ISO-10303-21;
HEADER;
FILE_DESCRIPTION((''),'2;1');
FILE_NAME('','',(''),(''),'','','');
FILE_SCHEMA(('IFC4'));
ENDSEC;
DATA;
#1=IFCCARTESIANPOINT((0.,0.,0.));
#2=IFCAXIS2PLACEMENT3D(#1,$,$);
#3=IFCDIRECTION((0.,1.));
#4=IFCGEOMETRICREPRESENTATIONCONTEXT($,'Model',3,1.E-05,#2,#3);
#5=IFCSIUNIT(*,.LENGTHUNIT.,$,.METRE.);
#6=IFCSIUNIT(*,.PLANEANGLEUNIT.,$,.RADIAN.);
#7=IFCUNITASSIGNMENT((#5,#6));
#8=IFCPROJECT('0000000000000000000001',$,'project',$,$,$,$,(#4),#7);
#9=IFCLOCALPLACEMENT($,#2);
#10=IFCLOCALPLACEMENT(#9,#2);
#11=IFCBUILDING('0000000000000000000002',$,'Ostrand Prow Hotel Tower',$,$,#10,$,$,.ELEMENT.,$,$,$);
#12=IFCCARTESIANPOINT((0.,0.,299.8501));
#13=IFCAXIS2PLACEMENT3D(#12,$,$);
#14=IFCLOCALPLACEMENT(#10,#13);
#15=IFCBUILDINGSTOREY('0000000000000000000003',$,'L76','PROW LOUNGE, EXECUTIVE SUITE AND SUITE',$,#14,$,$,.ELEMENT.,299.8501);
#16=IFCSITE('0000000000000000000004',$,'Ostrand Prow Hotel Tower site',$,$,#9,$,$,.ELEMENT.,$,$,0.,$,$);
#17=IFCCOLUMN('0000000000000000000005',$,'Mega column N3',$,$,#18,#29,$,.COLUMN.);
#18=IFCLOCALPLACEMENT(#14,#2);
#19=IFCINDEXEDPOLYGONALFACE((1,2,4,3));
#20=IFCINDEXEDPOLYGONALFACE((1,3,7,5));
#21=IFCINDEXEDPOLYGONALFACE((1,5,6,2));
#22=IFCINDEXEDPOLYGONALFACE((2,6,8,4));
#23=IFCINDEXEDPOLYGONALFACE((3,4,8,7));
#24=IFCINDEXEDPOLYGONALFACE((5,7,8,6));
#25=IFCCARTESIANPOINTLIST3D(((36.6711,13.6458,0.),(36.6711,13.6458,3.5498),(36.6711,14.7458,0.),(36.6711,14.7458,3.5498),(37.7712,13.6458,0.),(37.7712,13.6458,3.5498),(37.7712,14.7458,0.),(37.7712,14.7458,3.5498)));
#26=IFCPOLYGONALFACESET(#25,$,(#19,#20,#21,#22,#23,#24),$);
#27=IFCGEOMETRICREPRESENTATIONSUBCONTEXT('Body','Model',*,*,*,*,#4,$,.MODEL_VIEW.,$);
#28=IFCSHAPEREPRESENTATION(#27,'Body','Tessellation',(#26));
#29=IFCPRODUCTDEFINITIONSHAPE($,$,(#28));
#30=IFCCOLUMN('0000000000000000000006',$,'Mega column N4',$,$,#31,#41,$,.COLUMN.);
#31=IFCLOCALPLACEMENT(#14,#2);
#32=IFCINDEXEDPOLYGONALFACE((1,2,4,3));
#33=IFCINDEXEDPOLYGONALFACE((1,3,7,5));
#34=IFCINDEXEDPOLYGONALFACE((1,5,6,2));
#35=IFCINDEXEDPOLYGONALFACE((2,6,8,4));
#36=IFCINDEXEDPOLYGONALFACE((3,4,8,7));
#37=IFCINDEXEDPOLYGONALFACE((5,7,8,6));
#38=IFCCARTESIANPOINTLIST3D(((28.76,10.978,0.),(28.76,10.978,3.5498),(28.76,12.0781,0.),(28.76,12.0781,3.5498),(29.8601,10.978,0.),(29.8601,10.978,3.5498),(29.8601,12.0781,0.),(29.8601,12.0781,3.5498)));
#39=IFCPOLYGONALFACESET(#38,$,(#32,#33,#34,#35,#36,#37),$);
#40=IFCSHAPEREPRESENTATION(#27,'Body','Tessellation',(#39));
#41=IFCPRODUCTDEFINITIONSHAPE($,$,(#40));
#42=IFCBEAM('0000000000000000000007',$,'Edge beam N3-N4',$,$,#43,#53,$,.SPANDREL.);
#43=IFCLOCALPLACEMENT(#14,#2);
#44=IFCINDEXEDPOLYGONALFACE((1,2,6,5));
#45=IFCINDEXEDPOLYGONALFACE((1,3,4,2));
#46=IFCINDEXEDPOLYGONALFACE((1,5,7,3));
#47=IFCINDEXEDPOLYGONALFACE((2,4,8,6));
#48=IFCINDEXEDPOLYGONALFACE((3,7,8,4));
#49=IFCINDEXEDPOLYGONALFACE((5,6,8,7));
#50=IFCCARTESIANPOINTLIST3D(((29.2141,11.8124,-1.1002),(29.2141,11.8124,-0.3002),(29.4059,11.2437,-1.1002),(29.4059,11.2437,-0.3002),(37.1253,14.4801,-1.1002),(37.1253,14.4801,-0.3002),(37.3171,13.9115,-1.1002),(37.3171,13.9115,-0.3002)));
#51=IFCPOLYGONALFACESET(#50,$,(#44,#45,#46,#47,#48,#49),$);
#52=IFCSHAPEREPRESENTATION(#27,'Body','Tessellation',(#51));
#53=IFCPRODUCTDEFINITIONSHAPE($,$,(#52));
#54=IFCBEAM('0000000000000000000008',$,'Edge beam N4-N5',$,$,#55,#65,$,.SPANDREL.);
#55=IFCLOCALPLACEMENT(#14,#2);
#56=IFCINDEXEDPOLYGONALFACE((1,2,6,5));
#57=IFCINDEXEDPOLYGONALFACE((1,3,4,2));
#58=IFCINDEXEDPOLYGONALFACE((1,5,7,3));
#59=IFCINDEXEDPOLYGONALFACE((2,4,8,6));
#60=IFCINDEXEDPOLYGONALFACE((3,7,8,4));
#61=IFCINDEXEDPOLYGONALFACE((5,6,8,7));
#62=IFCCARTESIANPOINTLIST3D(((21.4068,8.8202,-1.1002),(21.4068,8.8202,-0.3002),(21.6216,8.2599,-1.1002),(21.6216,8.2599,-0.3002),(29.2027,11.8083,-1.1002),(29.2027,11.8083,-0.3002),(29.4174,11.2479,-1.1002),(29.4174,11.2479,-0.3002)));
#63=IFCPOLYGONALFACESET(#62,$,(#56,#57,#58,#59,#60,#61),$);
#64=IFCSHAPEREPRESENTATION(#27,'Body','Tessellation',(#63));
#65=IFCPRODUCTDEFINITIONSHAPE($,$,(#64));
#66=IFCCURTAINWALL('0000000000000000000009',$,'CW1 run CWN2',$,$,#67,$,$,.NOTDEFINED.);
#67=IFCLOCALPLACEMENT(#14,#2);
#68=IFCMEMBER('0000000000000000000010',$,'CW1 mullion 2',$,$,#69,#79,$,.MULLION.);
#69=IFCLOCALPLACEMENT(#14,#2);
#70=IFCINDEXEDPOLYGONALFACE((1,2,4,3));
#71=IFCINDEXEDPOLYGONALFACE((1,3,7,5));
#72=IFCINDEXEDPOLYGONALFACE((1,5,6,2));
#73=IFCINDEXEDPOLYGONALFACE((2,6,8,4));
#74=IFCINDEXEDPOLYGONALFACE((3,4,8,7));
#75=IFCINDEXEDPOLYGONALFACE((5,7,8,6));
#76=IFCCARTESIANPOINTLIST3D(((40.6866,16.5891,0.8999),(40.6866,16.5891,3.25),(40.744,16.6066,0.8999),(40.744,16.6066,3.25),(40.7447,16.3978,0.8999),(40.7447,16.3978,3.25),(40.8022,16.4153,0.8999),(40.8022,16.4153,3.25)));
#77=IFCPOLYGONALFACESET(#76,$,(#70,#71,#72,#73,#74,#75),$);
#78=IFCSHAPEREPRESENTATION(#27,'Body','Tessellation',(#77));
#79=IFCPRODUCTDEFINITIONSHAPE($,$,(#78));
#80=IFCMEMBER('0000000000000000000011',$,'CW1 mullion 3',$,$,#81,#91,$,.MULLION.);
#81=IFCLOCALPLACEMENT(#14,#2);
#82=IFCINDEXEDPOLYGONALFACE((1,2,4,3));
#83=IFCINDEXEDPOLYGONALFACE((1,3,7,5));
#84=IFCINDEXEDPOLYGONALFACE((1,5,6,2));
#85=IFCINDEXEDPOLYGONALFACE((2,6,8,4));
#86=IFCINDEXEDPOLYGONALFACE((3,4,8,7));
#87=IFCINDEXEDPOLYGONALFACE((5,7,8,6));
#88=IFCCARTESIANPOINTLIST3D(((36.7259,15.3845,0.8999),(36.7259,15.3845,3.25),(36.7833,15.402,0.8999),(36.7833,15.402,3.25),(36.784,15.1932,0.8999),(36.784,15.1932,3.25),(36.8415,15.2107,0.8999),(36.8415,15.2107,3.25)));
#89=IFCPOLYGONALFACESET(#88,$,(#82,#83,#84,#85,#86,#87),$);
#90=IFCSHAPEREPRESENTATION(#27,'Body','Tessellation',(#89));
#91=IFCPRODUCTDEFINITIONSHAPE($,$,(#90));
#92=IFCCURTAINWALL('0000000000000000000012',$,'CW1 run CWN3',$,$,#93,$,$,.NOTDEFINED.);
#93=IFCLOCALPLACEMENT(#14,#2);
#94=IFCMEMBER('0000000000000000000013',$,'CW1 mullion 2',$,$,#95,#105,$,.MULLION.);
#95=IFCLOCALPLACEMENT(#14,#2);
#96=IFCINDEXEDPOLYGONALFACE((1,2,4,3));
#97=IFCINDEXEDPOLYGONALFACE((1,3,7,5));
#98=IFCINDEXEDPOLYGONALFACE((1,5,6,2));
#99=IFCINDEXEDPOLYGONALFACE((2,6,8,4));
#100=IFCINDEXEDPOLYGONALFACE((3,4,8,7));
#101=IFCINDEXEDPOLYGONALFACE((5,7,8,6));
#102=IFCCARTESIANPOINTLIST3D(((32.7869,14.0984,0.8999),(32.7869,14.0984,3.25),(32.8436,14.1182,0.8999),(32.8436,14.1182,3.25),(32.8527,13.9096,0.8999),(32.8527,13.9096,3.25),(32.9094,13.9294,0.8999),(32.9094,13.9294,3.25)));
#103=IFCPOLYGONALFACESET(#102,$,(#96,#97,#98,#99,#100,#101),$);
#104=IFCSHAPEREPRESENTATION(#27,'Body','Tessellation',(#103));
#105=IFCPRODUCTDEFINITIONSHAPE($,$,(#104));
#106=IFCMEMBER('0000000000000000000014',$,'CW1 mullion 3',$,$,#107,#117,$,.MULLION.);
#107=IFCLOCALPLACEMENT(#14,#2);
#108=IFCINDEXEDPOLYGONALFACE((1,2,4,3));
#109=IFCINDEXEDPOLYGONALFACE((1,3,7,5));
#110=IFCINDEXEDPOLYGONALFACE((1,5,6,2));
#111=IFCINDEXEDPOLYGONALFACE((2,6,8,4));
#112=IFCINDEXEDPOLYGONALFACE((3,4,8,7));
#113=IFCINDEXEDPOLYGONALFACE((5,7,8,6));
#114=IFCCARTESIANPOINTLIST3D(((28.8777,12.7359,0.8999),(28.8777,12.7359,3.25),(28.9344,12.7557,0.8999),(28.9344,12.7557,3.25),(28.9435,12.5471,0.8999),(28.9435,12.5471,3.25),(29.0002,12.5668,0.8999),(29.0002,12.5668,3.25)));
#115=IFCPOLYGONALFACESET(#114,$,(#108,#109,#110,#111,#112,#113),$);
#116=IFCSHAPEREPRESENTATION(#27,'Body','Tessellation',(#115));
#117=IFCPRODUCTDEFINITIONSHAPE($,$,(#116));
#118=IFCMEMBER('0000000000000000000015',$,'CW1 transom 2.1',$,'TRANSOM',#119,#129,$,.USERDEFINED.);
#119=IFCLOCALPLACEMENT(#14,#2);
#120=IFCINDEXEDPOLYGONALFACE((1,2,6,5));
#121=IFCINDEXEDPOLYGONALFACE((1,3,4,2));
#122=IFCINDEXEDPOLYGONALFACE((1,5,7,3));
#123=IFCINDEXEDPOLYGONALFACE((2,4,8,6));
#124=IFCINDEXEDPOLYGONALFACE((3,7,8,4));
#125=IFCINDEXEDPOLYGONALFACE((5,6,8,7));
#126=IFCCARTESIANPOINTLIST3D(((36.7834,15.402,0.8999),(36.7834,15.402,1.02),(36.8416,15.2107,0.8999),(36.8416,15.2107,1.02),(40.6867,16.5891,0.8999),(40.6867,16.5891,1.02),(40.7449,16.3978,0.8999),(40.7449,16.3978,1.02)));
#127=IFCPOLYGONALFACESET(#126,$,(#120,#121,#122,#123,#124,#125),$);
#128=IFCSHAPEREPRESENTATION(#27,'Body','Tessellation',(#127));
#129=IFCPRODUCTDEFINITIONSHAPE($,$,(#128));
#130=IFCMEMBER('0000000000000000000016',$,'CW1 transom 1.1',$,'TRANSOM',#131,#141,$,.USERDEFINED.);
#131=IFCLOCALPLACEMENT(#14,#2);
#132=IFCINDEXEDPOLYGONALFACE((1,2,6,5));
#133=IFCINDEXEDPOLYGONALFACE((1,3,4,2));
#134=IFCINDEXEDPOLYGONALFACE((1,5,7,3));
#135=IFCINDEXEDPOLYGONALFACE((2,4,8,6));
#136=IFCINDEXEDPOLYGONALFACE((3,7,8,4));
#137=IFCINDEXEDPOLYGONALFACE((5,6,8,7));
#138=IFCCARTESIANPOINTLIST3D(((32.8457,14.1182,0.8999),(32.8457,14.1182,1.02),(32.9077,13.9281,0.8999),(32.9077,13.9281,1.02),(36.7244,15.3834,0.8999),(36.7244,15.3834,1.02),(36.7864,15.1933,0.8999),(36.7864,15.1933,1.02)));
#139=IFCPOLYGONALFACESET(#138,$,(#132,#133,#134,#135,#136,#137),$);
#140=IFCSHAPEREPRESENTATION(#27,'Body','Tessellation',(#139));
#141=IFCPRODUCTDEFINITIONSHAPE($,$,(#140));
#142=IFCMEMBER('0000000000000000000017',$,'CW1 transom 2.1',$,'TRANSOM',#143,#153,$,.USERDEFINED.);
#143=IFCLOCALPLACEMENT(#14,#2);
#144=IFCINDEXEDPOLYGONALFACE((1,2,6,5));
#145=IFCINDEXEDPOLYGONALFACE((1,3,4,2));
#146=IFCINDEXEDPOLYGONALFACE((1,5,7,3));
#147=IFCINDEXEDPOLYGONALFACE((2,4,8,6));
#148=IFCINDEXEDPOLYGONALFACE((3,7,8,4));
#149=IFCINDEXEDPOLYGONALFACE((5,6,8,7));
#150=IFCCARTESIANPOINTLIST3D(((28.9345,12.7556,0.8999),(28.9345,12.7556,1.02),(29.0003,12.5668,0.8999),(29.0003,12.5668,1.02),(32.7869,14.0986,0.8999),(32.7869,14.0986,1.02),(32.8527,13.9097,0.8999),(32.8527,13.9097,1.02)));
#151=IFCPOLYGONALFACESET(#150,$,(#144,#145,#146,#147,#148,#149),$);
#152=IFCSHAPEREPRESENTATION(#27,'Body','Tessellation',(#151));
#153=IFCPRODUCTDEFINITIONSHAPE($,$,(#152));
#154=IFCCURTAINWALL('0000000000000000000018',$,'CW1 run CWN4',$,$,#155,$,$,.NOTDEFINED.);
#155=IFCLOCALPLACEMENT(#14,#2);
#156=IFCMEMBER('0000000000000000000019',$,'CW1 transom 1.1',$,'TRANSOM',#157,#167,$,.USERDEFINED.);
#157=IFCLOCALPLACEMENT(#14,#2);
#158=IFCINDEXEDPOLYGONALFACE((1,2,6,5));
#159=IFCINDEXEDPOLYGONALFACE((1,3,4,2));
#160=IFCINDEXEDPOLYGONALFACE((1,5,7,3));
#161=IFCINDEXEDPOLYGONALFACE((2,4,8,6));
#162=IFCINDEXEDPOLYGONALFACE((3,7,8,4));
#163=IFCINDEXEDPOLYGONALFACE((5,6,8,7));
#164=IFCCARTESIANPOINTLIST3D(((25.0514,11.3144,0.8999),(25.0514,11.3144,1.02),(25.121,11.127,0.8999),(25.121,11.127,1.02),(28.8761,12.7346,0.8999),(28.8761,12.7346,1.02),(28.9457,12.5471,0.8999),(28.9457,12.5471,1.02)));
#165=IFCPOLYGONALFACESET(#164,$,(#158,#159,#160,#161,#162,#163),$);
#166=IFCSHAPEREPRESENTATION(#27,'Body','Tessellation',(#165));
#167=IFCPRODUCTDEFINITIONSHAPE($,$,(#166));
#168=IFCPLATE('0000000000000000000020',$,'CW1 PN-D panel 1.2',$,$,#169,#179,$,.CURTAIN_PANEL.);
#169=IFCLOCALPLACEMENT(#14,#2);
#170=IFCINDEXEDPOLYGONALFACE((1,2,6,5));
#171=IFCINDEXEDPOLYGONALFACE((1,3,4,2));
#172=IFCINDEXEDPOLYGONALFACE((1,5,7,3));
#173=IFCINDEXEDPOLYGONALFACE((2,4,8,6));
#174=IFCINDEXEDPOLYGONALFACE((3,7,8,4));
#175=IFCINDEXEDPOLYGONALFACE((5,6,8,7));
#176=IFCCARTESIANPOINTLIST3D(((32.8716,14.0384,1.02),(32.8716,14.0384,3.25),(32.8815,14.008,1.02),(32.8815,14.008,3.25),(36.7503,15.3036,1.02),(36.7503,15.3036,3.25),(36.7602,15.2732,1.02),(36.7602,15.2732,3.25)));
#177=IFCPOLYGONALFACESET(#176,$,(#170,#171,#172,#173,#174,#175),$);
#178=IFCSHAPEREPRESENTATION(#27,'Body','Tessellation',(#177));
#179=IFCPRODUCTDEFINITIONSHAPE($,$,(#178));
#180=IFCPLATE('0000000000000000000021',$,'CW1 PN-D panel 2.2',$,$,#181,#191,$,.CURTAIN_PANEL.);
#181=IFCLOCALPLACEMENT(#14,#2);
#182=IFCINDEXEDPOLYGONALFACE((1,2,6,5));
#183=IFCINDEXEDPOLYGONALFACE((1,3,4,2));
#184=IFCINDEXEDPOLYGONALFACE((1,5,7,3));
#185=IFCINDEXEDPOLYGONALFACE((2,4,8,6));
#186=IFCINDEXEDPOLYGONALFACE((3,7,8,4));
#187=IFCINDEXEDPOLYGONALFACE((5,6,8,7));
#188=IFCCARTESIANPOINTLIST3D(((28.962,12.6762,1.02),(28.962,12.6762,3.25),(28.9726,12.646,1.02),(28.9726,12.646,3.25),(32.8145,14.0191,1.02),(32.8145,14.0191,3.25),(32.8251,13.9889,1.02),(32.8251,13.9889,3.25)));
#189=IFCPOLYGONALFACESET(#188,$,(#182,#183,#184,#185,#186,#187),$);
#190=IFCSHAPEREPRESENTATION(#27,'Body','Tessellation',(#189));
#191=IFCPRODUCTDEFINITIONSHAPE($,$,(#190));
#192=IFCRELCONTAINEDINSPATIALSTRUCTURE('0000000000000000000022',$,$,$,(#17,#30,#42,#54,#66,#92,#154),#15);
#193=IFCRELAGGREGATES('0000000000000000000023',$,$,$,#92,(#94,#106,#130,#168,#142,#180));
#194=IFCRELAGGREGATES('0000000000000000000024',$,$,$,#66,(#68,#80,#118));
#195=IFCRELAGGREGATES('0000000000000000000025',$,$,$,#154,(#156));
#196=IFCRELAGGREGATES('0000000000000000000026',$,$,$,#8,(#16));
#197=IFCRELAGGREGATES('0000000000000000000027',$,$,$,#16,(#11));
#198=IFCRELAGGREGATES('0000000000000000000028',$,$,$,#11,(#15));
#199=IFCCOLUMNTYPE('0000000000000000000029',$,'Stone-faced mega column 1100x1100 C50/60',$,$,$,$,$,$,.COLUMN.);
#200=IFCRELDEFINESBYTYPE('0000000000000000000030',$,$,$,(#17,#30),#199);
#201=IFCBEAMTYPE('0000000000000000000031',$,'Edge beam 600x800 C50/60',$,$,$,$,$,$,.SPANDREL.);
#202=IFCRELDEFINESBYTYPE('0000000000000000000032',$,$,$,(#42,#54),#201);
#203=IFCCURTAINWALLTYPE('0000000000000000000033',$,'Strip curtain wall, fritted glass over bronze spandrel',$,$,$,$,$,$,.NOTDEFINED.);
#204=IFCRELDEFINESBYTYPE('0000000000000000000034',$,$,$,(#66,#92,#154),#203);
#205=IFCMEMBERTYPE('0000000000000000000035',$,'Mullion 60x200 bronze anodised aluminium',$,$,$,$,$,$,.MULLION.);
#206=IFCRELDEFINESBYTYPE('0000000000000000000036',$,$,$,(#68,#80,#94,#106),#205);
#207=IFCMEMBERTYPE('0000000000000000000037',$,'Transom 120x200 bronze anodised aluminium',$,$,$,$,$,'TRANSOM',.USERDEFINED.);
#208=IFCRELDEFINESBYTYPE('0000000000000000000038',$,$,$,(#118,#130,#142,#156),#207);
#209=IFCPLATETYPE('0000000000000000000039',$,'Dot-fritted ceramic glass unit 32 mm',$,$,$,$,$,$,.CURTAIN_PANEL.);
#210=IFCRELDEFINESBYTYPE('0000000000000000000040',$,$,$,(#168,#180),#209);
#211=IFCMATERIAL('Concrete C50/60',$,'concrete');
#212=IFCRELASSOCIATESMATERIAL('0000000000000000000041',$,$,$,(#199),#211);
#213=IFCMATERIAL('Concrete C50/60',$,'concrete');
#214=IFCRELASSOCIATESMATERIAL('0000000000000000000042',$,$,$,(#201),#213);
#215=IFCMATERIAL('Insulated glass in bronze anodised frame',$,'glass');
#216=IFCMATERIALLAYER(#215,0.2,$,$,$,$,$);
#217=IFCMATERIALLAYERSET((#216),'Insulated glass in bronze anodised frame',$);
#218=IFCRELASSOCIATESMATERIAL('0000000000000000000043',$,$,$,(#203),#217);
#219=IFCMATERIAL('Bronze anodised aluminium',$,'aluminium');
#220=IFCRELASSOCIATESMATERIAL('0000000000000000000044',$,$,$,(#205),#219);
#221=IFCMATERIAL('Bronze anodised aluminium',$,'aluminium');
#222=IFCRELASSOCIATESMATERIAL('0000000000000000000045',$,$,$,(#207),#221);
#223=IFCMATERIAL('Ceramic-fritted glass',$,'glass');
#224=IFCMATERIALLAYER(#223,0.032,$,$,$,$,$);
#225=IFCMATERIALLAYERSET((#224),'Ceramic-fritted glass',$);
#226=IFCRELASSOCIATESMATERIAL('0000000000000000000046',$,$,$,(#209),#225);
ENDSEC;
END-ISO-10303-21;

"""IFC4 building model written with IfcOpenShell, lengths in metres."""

from ifc_helpers import new_model, si_unit, direction, frame, origin, origin_2d, place, context, subcontext, project, spatial, rectangle, extrude, material, layer, layer_set, material_profile, profile_set, type_object, element, aggregate, save


model = new_model("IFC4")

# Units and contexts
model_context = context("Model", 3, precision=1e-05, world=origin(), true_north=direction((0.0, 1.0)))
body_context = subcontext(model_context, "Body", "Model", "MODEL_VIEW")
ifc_project = project(units=[si_unit("LENGTHUNIT", "METRE"), si_unit("PLANEANGLEUNIT", "RADIAN")], contexts=[model_context])

# Site, building, storey
site_placement = place(None, origin())
site = spatial("IfcSite", under=ifc_project, at=site_placement, Name="Ostrand Prow Hotel Tower site", CompositionType="ELEMENT", RefElevation=0.0)
building_placement = place(site_placement, origin())
building = spatial("IfcBuilding", under=site, at=building_placement, Name="Ostrand Prow Hotel Tower", CompositionType="ELEMENT")
storey_placement = place(building_placement, frame((0.0, 0.0, 299.8501)))
storey = spatial("IfcBuildingStorey", under=building, at=storey_placement, Name="L76", Description="PROW LOUNGE, EXECUTIVE SUITE AND SUITE", CompositionType="ELEMENT", Elevation=299.8501)

# Columns
ifc_material_1 = material(Name="Concrete C50/60", Category="concrete")
ifc_material_profile_1 = material_profile(ifc_material_1, rectangle(XDim=1.1001, YDim=1.1001, at=origin_2d()), Name="RC 1100x1100")
ifc_profile_set_1 = profile_set([ifc_material_profile_1], Name="Concrete C50/60")
column_type = type_object("IfcColumnType", Name="Stone-faced mega column 1100x1100 C50/60", PredefinedType="COLUMN", material=ifc_profile_set_1)
for number, where, z_axis, x_axis, name in (
    (1, (37.2212, 14.1958, 0.0), (0.0, 0.0, 1.0), (1.0, 0.0, 0.0), "Mega column N3"),
    (2, (29.3101, 11.5281, 0.0), (0.0, 0.0, 1.0), (1.0, 0.0, 0.0), "Mega column N4"),
):
    element("IfcColumn", number, at=place(storey_placement, frame(where, z_axis=z_axis, x_axis=x_axis)), inside=storey, type_object=column_type, Name=name, PredefinedType="COLUMN", context=body_context, shape_type="SweptSolid", body=[
        extrude(rectangle(XDim=1.1001, YDim=1.1001, at=origin_2d()), origin(), (0.0, 0.0, 1.0), 3.5498),
    ])

# Beams
ifc_material_2 = material(Name="Concrete C50/60", Category="concrete")
ifc_material_profile_2 = material_profile(ifc_material_2, rectangle(XDim=0.6001, YDim=0.8, at=origin_2d()), Name="RC 600x800")
ifc_profile_set_2 = profile_set([ifc_material_profile_2], Name="Concrete C50/60")
beam_type = type_object("IfcBeamType", Name="Edge beam 600x800 C50/60", PredefinedType="SPANDREL", material=ifc_profile_set_2)
for number, where, z_axis, x_axis, name in (
    (3, (37.2212, 14.1958, -0.7002), (-0.947575, -0.319533, 0.0), (0.319533, -0.947575, 0.0), "Edge beam N3-N4"),
    (4, (29.3101, 11.5281, -0.7002), (-0.933762, -0.357895, 0.0), (0.357895, -0.933762, 0.0), "Edge beam N4-N5"),
):
    element("IfcBeam", number, at=place(storey_placement, frame(where, z_axis=z_axis, x_axis=x_axis)), inside=storey, type_object=beam_type, Name=name, PredefinedType="SPANDREL", context=body_context, shape_type="SweptSolid", body=[
        extrude(rectangle(XDim=0.6001, YDim=0.8, at=origin_2d()), origin(), (0.0, 0.0, 1.0), 8.3489),
    ])

# Curtain walls, members
ifc_material_3 = material(Name="Insulated glass in bronze anodised frame", Category="glass")
ifc_layer_1 = layer(ifc_material_3, 0.2)
ifc_layer_set_1 = layer_set([ifc_layer_1], Name="Insulated glass in bronze anodised frame")
curtain_wall_type = type_object("IfcCurtainWallType", Name="Strip curtain wall, fritted glass over bronze spandrel", PredefinedType="NOTDEFINED", material=ifc_layer_set_1)
curtain_wall_1_placement = place(storey_placement, origin())
curtain_wall_1 = element("IfcCurtainWall", 5, at=curtain_wall_1_placement, inside=storey, type_object=curtain_wall_type, Name="CW1 run CWN2", PredefinedType="NOTDEFINED")
ifc_material_4 = material(Name="Bronze anodised aluminium", Category="aluminium")
ifc_material_profile_3 = material_profile(ifc_material_4, rectangle(XDim=0.2, YDim=0.0601, at=origin_2d()), Name="Mullion 60x200 bronze anodised aluminium")
ifc_profile_set_3 = profile_set([ifc_material_profile_3], Name="Bronze anodised aluminium")
member_type_1 = type_object("IfcMemberType", Name="Mullion 60x200 bronze anodised aluminium", PredefinedType="MULLION", material=ifc_profile_set_3)
member_1_placement = place(storey_placement, frame((40.7444, 16.5022, 0.8999), z_axis=(0.0, 0.0, 1.0), x_axis=(0.290938, -0.956742, 0.0)))
member_1 = element("IfcMember", 6, at=member_1_placement, type_object=member_type_1, Name="CW1 mullion 2", PredefinedType="MULLION", context=body_context, shape_type="SweptSolid", body=[
    extrude(rectangle(XDim=0.2, YDim=0.0601, at=origin_2d()), origin(), (0.0, 0.0, 1.0), 2.3501),
])
member_2_placement = place(storey_placement, frame((36.7837, 15.2976, 0.8999), z_axis=(0.0, 0.0, 1.0), x_axis=(0.290938, -0.956742, 0.0)))
member_2 = element("IfcMember", 7, at=member_2_placement, type_object=member_type_1, Name="CW1 mullion 3", PredefinedType="MULLION", context=body_context, shape_type="SweptSolid", body=[
    extrude(rectangle(XDim=0.2, YDim=0.0601, at=origin_2d()), origin(), (0.0, 0.0, 1.0), 2.3501),
])
curtain_wall_2_placement = place(storey_placement, origin())
curtain_wall_2 = element("IfcCurtainWall", 8, at=curtain_wall_2_placement, inside=storey, type_object=curtain_wall_type, Name="CW1 run CWN3", PredefinedType="NOTDEFINED")
member_3_placement = place(storey_placement, frame((32.8481, 14.0139, 0.8999), z_axis=(0.0, 0.0, 1.0), x_axis=(0.329158, -0.944275, 0.0)))
member_3 = element("IfcMember", 9, at=member_3_placement, type_object=member_type_1, Name="CW1 mullion 2", PredefinedType="MULLION", context=body_context, shape_type="SweptSolid", body=[
    extrude(rectangle(XDim=0.2, YDim=0.0601, at=origin_2d()), origin(), (0.0, 0.0, 1.0), 2.3501),
])
member_4_placement = place(storey_placement, frame((28.939, 12.6514, 0.8999), z_axis=(0.0, 0.0, 1.0), x_axis=(0.329158, -0.944275, 0.0)))
member_4 = element("IfcMember", 10, at=member_4_placement, type_object=member_type_1, Name="CW1 mullion 3", PredefinedType="MULLION", context=body_context, shape_type="SweptSolid", body=[
    extrude(rectangle(XDim=0.2, YDim=0.0601, at=origin_2d()), origin(), (0.0, 0.0, 1.0), 2.3501),
])

# Members
ifc_material_5 = material(Name="Bronze anodised aluminium", Category="aluminium")
ifc_material_profile_4 = material_profile(ifc_material_5, rectangle(XDim=0.2, YDim=0.1201, at=origin_2d()), Name="Transom 120x200 bronze anodised aluminium")
ifc_profile_set_4 = profile_set([ifc_material_profile_4], Name="Bronze anodised aluminium")
member_type_2 = type_object("IfcMemberType", Name="Transom 120x200 bronze anodised aluminium", ElementType="TRANSOM", PredefinedType="USERDEFINED", material=ifc_profile_set_4)
member_5_placement = place(storey_placement, frame((40.7158, 16.4934, 0.96), z_axis=(-0.956739, -0.290947, 0.0), x_axis=(0.290947, -0.956739, 0.0)))
member_5 = element("IfcMember", 11, at=member_5_placement, type_object=member_type_2, Name="CW1 transom 2.1", ObjectType="TRANSOM", PredefinedType="USERDEFINED", context=body_context, shape_type="SweptSolid", body=[
    extrude(rectangle(XDim=0.2, YDim=0.1201, at=origin_2d()), origin(), (0.0, 0.0, 1.0), 4.0798),
])
member_6_placement = place(storey_placement, frame((36.7554, 15.2883, 0.96), z_axis=(-0.950704, -0.310099, 0.0), x_axis=(0.310099, -0.950704, 0.0)))
member_6 = element("IfcMember", 12, at=member_6_placement, type_object=member_type_2, Name="CW1 transom 1.1", ObjectType="TRANSOM", PredefinedType="USERDEFINED", context=body_context, shape_type="SweptSolid", body=[
    extrude(rectangle(XDim=0.2, YDim=0.1201, at=origin_2d()), origin(), (0.0, 0.0, 1.0), 4.0798),
])
member_7_placement = place(storey_placement, frame((32.8198, 14.0042, 0.96), z_axis=(-0.944268, -0.329177, 0.0), x_axis=(0.329177, -0.944268, 0.0)))
member_7 = element("IfcMember", 13, at=member_7_placement, type_object=member_type_2, Name="CW1 transom 2.1", ObjectType="TRANSOM", PredefinedType="USERDEFINED", context=body_context, shape_type="SweptSolid", body=[
    extrude(rectangle(XDim=0.2, YDim=0.1201, at=origin_2d()), origin(), (0.0, 0.0, 1.0), 4.0798),
])

# Curtain wall, member
curtain_wall_3_placement = place(storey_placement, origin())
curtain_wall_3 = element("IfcCurtainWall", 14, at=curtain_wall_3_placement, inside=storey, type_object=curtain_wall_type, Name="CW1 run CWN4", PredefinedType="NOTDEFINED")
member_8_placement = place(storey_placement, frame((28.9109, 12.6409, 0.96), z_axis=(-0.93746, -0.348092, 0.0), x_axis=(0.348092, -0.93746, 0.0)))
member_8 = element("IfcMember", 15, at=member_8_placement, type_object=member_type_2, Name="CW1 transom 1.1", ObjectType="TRANSOM", PredefinedType="USERDEFINED", context=body_context, shape_type="SweptSolid", body=[
    extrude(rectangle(XDim=0.2, YDim=0.1201, at=origin_2d()), origin(), (0.0, 0.0, 1.0), 4.0798),
])

# Plates
ifc_material_6 = material(Name="Ceramic-fritted glass", Category="glass")
ifc_layer_2 = layer(ifc_material_6, 0.032)
ifc_layer_set_2 = layer_set([ifc_layer_2], Name="Ceramic-fritted glass")
plate_type_1 = type_object("IfcPlateType", Name="Dot-fritted ceramic glass unit 32 mm", PredefinedType="CURTAIN_PANEL", material=ifc_layer_set_2)
plate_1_placement = place(storey_placement, frame((34.8159, 14.6558, 1.02), z_axis=(0.0, 0.0, 1.0), x_axis=(-0.9507, -0.310111, 0.0)))
plate_1 = element("IfcPlate", 16, at=plate_1_placement, type_object=plate_type_1, Name="CW1 PN-D panel 1.2", PredefinedType="CURTAIN_PANEL", context=body_context, shape_type="SweptSolid", body=[
    extrude(rectangle(XDim=4.0798, YDim=0.032, at=origin_2d()), origin(), (0.0, 0.0, 1.0), 2.23),
])
plate_2_placement = place(storey_placement, frame((30.8936, 13.3325, 1.02), z_axis=(0.0, 0.0, 1.0), x_axis=(-0.944275, -0.329158, 0.0)))
plate_2 = element("IfcPlate", 17, at=plate_2_placement, type_object=plate_type_1, Name="CW1 PN-D panel 2.2", PredefinedType="CURTAIN_PANEL", context=body_context, shape_type="SweptSolid", body=[
    extrude(rectangle(XDim=4.0798, YDim=0.032, at=origin_2d()), origin(), (0.0, 0.0, 1.0), 2.23),
])
aggregate(curtain_wall_2, [member_3, member_4, member_6, plate_1, member_7, plate_2])
aggregate(curtain_wall_1, [member_1, member_2, member_5])
aggregate(curtain_wall_3, [member_8])

save(model, "model.ifc")
